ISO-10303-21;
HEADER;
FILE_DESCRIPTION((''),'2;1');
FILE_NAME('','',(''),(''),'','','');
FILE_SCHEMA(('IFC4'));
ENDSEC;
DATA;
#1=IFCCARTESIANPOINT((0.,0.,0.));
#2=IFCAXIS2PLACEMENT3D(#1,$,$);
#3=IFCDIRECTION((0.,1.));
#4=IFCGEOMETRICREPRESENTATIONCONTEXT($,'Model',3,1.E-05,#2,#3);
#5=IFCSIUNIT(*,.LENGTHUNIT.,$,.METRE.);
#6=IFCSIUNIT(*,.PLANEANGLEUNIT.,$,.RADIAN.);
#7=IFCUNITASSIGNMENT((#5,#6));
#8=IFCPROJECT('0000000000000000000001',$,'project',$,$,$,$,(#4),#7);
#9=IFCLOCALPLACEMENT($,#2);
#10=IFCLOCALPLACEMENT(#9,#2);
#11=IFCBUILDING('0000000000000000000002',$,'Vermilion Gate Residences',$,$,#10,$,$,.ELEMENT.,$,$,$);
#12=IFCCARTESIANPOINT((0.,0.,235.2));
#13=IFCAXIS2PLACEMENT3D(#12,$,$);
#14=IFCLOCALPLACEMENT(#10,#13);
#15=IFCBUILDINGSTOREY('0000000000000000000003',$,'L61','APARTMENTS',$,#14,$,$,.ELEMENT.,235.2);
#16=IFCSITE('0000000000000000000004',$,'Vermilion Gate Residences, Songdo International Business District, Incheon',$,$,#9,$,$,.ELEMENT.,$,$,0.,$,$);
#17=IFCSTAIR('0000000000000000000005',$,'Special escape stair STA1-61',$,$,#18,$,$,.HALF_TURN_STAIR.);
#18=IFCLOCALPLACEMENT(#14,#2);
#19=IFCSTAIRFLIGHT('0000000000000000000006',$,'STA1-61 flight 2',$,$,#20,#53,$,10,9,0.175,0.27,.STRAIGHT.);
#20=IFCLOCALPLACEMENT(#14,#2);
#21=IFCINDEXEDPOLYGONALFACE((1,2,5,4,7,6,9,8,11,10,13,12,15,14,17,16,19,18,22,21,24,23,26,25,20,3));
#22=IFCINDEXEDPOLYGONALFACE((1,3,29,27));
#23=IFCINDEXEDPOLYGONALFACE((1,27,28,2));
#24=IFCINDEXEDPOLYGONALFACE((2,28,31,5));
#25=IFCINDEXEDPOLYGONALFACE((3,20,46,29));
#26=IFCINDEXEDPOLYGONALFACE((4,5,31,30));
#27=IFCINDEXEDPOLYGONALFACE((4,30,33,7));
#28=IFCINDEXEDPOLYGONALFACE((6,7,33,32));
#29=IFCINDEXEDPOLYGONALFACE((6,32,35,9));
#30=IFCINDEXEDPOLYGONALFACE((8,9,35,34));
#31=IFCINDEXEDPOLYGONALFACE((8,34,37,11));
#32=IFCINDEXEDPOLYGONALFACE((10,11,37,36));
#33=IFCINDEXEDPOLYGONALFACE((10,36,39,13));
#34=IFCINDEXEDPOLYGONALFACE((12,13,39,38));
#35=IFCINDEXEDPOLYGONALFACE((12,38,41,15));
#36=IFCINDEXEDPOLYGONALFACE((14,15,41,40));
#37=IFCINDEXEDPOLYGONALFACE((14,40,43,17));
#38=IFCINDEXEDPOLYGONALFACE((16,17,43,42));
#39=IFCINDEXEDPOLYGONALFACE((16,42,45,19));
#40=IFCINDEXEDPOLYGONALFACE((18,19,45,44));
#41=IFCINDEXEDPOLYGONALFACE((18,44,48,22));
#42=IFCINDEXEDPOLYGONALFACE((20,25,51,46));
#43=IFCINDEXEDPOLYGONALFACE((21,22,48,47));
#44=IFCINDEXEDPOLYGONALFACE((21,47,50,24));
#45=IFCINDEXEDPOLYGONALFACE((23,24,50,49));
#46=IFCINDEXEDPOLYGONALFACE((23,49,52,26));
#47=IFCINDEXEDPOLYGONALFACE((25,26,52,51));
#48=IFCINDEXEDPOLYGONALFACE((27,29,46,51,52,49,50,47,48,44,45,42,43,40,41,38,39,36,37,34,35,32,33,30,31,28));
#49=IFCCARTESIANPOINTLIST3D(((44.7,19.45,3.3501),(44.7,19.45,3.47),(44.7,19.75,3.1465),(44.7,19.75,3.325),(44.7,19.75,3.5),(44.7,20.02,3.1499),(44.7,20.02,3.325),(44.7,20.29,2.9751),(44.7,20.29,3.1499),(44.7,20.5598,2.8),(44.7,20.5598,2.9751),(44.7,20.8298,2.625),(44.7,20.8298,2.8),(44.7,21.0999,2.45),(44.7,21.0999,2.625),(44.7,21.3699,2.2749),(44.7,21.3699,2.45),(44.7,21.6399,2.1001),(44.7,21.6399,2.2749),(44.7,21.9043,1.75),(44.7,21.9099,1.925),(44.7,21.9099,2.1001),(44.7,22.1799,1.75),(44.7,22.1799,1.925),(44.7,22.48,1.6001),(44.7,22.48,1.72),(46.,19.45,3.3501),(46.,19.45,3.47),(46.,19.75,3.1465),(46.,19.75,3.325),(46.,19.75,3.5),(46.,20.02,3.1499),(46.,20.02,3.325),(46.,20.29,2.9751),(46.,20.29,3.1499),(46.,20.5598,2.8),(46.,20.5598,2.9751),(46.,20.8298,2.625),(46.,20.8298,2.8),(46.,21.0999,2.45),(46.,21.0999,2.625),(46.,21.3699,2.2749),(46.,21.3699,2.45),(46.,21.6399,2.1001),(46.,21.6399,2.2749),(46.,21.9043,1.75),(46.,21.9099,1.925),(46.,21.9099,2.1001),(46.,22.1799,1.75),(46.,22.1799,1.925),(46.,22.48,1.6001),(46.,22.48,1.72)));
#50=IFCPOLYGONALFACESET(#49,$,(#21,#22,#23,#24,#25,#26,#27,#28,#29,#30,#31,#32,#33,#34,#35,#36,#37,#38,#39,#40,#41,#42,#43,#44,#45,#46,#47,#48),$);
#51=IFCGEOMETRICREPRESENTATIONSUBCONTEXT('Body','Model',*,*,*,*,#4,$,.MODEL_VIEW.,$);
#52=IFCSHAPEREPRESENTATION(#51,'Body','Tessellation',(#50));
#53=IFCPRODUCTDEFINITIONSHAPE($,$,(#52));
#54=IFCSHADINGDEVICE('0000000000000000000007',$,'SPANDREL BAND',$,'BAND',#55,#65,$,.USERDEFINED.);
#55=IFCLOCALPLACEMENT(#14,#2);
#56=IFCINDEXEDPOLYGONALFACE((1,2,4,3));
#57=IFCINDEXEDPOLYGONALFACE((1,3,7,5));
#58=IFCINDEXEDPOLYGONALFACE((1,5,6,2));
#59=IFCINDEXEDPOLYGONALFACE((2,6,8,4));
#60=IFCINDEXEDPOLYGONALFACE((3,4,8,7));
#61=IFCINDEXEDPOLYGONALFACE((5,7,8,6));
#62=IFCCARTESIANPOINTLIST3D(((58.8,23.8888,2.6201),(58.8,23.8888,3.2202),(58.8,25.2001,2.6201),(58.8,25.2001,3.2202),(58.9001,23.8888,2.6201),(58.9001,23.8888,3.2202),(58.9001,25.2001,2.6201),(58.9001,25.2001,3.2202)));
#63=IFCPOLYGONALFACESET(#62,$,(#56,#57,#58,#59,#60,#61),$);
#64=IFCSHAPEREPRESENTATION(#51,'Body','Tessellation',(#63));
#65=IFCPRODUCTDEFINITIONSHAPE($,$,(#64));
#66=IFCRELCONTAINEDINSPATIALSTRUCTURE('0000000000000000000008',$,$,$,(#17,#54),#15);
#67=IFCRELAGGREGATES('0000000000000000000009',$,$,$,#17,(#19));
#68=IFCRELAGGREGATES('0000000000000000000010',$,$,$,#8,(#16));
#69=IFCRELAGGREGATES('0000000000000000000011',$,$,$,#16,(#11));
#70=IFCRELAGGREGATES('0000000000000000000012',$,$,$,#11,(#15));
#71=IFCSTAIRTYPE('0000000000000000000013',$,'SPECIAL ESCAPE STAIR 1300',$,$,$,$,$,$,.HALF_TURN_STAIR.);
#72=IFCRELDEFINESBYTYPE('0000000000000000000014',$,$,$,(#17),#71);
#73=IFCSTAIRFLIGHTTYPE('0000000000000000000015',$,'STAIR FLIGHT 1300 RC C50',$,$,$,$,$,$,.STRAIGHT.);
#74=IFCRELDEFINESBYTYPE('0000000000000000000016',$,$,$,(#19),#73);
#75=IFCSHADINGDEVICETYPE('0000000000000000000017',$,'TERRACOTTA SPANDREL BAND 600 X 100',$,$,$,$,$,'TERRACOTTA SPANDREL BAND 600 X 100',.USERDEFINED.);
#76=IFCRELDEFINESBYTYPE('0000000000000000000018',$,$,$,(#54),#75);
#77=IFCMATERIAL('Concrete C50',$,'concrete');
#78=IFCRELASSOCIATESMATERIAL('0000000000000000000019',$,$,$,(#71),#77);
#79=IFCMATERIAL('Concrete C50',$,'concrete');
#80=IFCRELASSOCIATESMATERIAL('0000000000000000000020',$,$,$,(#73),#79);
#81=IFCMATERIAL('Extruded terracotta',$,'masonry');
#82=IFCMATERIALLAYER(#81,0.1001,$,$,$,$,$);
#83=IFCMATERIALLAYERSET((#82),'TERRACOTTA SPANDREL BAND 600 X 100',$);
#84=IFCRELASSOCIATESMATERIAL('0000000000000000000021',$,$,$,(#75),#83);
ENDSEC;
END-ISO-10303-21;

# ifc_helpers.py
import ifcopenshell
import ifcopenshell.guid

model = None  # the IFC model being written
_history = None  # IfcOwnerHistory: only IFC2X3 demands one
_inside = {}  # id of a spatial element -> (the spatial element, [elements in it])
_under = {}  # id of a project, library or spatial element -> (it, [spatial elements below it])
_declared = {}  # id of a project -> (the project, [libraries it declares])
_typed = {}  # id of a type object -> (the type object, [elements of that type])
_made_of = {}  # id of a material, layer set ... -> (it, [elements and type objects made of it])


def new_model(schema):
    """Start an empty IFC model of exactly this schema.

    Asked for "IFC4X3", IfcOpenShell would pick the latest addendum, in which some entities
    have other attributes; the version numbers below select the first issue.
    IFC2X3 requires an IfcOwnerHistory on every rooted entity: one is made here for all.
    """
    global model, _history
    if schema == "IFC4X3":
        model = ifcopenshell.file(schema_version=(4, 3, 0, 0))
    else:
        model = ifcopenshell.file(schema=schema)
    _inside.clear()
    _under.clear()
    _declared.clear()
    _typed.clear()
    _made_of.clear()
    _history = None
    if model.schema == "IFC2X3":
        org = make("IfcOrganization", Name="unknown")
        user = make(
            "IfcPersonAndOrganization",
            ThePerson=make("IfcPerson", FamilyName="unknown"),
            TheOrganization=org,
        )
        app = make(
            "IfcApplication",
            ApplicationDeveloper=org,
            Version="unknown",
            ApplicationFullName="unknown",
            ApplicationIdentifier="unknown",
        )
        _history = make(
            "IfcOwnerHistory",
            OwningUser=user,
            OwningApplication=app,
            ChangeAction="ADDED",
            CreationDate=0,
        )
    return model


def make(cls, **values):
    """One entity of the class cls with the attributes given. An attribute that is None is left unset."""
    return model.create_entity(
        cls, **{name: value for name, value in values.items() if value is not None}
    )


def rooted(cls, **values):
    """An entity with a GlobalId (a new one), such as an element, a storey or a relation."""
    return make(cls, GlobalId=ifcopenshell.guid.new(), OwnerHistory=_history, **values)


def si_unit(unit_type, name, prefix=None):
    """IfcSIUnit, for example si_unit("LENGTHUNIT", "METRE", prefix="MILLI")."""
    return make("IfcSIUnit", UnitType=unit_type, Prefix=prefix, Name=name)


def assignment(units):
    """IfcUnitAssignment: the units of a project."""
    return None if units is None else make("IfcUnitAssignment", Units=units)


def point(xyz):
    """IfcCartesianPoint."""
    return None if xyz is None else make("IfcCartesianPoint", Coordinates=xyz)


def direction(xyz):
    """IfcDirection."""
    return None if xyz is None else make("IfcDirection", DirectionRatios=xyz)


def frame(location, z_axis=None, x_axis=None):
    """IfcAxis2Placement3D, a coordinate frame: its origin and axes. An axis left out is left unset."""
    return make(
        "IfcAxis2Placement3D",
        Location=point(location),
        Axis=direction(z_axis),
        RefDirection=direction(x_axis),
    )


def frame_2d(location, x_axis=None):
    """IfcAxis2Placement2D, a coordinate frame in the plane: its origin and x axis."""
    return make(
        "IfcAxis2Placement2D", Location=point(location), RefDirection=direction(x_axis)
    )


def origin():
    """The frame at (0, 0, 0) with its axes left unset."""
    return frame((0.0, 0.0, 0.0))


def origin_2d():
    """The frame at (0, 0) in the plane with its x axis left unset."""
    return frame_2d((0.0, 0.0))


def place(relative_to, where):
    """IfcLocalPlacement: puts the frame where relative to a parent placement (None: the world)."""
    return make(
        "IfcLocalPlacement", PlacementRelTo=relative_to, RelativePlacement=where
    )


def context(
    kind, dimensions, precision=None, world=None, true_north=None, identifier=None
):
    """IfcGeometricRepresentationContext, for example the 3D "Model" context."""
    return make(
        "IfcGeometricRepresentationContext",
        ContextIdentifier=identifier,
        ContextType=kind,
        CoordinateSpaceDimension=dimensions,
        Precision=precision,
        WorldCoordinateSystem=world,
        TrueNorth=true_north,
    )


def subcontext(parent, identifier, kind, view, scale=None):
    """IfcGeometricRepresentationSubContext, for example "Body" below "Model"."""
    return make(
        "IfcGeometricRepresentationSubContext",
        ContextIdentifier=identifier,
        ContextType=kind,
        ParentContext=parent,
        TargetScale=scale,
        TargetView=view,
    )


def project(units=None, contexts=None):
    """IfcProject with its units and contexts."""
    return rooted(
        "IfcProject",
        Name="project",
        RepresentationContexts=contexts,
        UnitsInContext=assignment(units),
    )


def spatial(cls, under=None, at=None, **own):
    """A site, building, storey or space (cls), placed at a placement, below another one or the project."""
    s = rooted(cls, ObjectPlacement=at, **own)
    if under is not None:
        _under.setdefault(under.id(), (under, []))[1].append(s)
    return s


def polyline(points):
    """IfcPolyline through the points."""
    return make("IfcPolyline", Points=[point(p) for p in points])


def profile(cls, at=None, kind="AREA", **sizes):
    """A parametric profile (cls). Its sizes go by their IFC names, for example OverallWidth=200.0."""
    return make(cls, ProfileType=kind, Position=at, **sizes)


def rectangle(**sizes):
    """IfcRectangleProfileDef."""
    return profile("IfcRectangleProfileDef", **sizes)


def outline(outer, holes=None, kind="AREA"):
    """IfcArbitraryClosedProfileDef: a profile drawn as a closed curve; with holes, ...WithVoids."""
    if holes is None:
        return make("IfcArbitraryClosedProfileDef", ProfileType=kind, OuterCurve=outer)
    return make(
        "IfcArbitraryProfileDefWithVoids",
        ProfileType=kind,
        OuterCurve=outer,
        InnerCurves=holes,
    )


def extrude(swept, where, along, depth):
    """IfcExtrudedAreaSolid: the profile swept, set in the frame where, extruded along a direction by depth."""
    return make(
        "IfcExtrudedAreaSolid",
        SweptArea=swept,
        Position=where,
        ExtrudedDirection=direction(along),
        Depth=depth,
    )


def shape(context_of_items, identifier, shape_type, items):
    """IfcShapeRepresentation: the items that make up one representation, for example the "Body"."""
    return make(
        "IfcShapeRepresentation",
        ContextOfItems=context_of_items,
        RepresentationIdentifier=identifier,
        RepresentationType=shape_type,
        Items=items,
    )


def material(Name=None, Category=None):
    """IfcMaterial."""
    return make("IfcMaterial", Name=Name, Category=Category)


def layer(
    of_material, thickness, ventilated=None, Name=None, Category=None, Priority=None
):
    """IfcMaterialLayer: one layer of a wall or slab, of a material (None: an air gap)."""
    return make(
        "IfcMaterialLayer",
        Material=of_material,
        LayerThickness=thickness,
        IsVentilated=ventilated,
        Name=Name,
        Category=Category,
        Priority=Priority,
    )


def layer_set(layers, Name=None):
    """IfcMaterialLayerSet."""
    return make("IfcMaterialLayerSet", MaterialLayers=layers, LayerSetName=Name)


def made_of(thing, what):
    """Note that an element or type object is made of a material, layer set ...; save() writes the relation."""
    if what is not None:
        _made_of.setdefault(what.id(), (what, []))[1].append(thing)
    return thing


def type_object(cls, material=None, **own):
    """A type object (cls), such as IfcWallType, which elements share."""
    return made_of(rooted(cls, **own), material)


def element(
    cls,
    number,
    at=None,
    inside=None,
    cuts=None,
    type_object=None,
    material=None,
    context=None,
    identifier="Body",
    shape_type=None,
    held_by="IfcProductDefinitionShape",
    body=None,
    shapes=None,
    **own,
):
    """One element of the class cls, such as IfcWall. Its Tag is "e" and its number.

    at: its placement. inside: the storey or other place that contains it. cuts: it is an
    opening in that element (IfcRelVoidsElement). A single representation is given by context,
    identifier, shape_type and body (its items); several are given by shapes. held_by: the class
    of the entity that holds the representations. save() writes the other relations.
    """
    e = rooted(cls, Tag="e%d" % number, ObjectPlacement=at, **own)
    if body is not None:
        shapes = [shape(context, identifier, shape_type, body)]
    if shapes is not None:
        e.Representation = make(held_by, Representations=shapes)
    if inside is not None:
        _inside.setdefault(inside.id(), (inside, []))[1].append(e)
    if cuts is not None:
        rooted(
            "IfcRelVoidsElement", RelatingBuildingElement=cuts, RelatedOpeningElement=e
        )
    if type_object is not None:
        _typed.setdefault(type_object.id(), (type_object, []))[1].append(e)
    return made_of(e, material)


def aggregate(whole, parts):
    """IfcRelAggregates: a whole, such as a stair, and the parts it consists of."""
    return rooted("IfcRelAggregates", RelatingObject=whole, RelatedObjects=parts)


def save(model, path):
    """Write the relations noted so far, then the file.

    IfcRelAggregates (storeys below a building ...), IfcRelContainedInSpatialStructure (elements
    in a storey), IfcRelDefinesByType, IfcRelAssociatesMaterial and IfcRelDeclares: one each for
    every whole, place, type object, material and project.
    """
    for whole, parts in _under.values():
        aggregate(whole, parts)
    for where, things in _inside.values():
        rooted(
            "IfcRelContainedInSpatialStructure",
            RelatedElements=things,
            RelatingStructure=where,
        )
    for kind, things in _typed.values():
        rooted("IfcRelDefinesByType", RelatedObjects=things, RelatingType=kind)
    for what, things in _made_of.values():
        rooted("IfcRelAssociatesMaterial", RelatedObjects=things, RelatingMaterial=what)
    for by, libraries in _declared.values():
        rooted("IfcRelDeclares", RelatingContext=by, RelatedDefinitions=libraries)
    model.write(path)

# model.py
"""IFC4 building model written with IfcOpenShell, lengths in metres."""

from ifc_helpers import new_model, si_unit, direction, frame, origin, origin_2d, place, context, subcontext, project, spatial, polyline, rectangle, outline, extrude, material, layer, layer_set, type_object, element, aggregate, save


model = new_model("IFC4")

# Units and contexts
model_context = context("Model", 3, precision=1e-05, world=origin(), true_north=direction((0.0, 1.0)))
body_context = subcontext(model_context, "Body", "Model", "MODEL_VIEW")
ifc_project = project(units=[si_unit("LENGTHUNIT", "METRE"), si_unit("PLANEANGLEUNIT", "RADIAN")], contexts=[model_context])

# Site, building, storey
site_placement = place(None, origin())
site = spatial("IfcSite", under=ifc_project, at=site_placement, Name="Vermilion Gate Residences, Songdo International Business District, Incheon", CompositionType="ELEMENT", RefElevation=0.0)
building_placement = place(site_placement, origin())
building = spatial("IfcBuilding", under=site, at=building_placement, Name="Vermilion Gate Residences", CompositionType="ELEMENT")
storey_placement = place(building_placement, frame((0.0, 0.0, 235.2)))
storey = spatial("IfcBuildingStorey", under=building, at=storey_placement, Name="L61", Description="APARTMENTS", CompositionType="ELEMENT", Elevation=235.2)

# Stair, stair flight
ifc_material_1 = material(Name="Concrete C50", Category="concrete")
stair_type = type_object("IfcStairType", Name="SPECIAL ESCAPE STAIR 1300", PredefinedType="HALF_TURN_STAIR", material=ifc_material_1)
stair_placement = place(storey_placement, origin())
stair = element("IfcStair", 1, at=stair_placement, inside=storey, type_object=stair_type, Name="Special escape stair STA1-61", PredefinedType="HALF_TURN_STAIR")
ifc_material_2 = material(Name="Concrete C50", Category="concrete")
stair_flight_type = type_object("IfcStairFlightType", Name="STAIR FLIGHT 1300 RC C50", PredefinedType="STRAIGHT", material=ifc_material_2)
stair_flight_1_placement = place(storey_placement, frame((45.3501, 22.1799, 1.75), z_axis=(0.0, 0.0, 1.0), x_axis=(0.0, -1.0, 0.0)))
stair_flight_1 = element("IfcStairFlight", 2, at=stair_flight_1_placement, type_object=stair_flight_type, Name="STA1-61 flight 2", NumberOfRisers=10, NumberOfTreads=9, PredefinedType="STRAIGHT", RiserHeight=0.175, TreadLength=0.27, context=body_context, shape_type="SweptSolid", body=[
    extrude(outline(polyline([(-0.3, -0.1499), (-0.3, -0.03), (0.0, 0.0), (0.0, 0.175), (0.27, 0.175), (0.27, 0.3501), (0.54, 0.3501), (0.54, 0.5249), (0.8101, 0.5249), (0.8101, 0.7), (1.0801, 0.7), (1.0801, 0.875), (1.3501, 0.875), (1.3501, 1.05), (1.6201, 1.05), (1.6201, 1.2251), (1.8899, 1.2251), (1.8899, 1.3999), (2.1599, 1.3999), (2.1599, 1.575), (2.4299, 1.575), (2.4299, 1.75), (2.73, 1.72), (2.73, 1.6001), (2.4299, 1.3965), (0.2756, 0.0), (-0.3, -0.1499)])), frame((0.0, 0.6499, 0.0), z_axis=(0.0, -1.0, 0.0), x_axis=(1.0, 0.0, 0.0)), (0.0, 0.0, 1.0), 1.3),
])
aggregate(stair, [stair_flight_1])

# Shading device
ifc_material_3 = material(Name="Extruded terracotta", Category="masonry")
ifc_layer_1 = layer(ifc_material_3, 0.1001)
ifc_layer_set_1 = layer_set([ifc_layer_1], Name="TERRACOTTA SPANDREL BAND 600 X 100")
shading_device_type = type_object("IfcShadingDeviceType", Name="TERRACOTTA SPANDREL BAND 600 X 100", ElementType="TERRACOTTA SPANDREL BAND 600 X 100", PredefinedType="USERDEFINED", material=ifc_layer_set_1)
shading_device_placement = place(storey_placement, frame((58.8501, 24.5444, 2.6201), z_axis=(0.0, 0.0, 1.0), x_axis=(0.0, 1.0, 0.0)))
element("IfcShadingDevice", 3, at=shading_device_placement, inside=storey, type_object=shading_device_type, Name="SPANDREL BAND", ObjectType="BAND", PredefinedType="USERDEFINED", context=body_context, shape_type="SweptSolid", body=[
    extrude(rectangle(XDim=1.3113, YDim=0.1001, at=origin_2d()), origin(), (0.0, 0.0, 1.0), 0.6001),
])

save(model, "model.ifc")
